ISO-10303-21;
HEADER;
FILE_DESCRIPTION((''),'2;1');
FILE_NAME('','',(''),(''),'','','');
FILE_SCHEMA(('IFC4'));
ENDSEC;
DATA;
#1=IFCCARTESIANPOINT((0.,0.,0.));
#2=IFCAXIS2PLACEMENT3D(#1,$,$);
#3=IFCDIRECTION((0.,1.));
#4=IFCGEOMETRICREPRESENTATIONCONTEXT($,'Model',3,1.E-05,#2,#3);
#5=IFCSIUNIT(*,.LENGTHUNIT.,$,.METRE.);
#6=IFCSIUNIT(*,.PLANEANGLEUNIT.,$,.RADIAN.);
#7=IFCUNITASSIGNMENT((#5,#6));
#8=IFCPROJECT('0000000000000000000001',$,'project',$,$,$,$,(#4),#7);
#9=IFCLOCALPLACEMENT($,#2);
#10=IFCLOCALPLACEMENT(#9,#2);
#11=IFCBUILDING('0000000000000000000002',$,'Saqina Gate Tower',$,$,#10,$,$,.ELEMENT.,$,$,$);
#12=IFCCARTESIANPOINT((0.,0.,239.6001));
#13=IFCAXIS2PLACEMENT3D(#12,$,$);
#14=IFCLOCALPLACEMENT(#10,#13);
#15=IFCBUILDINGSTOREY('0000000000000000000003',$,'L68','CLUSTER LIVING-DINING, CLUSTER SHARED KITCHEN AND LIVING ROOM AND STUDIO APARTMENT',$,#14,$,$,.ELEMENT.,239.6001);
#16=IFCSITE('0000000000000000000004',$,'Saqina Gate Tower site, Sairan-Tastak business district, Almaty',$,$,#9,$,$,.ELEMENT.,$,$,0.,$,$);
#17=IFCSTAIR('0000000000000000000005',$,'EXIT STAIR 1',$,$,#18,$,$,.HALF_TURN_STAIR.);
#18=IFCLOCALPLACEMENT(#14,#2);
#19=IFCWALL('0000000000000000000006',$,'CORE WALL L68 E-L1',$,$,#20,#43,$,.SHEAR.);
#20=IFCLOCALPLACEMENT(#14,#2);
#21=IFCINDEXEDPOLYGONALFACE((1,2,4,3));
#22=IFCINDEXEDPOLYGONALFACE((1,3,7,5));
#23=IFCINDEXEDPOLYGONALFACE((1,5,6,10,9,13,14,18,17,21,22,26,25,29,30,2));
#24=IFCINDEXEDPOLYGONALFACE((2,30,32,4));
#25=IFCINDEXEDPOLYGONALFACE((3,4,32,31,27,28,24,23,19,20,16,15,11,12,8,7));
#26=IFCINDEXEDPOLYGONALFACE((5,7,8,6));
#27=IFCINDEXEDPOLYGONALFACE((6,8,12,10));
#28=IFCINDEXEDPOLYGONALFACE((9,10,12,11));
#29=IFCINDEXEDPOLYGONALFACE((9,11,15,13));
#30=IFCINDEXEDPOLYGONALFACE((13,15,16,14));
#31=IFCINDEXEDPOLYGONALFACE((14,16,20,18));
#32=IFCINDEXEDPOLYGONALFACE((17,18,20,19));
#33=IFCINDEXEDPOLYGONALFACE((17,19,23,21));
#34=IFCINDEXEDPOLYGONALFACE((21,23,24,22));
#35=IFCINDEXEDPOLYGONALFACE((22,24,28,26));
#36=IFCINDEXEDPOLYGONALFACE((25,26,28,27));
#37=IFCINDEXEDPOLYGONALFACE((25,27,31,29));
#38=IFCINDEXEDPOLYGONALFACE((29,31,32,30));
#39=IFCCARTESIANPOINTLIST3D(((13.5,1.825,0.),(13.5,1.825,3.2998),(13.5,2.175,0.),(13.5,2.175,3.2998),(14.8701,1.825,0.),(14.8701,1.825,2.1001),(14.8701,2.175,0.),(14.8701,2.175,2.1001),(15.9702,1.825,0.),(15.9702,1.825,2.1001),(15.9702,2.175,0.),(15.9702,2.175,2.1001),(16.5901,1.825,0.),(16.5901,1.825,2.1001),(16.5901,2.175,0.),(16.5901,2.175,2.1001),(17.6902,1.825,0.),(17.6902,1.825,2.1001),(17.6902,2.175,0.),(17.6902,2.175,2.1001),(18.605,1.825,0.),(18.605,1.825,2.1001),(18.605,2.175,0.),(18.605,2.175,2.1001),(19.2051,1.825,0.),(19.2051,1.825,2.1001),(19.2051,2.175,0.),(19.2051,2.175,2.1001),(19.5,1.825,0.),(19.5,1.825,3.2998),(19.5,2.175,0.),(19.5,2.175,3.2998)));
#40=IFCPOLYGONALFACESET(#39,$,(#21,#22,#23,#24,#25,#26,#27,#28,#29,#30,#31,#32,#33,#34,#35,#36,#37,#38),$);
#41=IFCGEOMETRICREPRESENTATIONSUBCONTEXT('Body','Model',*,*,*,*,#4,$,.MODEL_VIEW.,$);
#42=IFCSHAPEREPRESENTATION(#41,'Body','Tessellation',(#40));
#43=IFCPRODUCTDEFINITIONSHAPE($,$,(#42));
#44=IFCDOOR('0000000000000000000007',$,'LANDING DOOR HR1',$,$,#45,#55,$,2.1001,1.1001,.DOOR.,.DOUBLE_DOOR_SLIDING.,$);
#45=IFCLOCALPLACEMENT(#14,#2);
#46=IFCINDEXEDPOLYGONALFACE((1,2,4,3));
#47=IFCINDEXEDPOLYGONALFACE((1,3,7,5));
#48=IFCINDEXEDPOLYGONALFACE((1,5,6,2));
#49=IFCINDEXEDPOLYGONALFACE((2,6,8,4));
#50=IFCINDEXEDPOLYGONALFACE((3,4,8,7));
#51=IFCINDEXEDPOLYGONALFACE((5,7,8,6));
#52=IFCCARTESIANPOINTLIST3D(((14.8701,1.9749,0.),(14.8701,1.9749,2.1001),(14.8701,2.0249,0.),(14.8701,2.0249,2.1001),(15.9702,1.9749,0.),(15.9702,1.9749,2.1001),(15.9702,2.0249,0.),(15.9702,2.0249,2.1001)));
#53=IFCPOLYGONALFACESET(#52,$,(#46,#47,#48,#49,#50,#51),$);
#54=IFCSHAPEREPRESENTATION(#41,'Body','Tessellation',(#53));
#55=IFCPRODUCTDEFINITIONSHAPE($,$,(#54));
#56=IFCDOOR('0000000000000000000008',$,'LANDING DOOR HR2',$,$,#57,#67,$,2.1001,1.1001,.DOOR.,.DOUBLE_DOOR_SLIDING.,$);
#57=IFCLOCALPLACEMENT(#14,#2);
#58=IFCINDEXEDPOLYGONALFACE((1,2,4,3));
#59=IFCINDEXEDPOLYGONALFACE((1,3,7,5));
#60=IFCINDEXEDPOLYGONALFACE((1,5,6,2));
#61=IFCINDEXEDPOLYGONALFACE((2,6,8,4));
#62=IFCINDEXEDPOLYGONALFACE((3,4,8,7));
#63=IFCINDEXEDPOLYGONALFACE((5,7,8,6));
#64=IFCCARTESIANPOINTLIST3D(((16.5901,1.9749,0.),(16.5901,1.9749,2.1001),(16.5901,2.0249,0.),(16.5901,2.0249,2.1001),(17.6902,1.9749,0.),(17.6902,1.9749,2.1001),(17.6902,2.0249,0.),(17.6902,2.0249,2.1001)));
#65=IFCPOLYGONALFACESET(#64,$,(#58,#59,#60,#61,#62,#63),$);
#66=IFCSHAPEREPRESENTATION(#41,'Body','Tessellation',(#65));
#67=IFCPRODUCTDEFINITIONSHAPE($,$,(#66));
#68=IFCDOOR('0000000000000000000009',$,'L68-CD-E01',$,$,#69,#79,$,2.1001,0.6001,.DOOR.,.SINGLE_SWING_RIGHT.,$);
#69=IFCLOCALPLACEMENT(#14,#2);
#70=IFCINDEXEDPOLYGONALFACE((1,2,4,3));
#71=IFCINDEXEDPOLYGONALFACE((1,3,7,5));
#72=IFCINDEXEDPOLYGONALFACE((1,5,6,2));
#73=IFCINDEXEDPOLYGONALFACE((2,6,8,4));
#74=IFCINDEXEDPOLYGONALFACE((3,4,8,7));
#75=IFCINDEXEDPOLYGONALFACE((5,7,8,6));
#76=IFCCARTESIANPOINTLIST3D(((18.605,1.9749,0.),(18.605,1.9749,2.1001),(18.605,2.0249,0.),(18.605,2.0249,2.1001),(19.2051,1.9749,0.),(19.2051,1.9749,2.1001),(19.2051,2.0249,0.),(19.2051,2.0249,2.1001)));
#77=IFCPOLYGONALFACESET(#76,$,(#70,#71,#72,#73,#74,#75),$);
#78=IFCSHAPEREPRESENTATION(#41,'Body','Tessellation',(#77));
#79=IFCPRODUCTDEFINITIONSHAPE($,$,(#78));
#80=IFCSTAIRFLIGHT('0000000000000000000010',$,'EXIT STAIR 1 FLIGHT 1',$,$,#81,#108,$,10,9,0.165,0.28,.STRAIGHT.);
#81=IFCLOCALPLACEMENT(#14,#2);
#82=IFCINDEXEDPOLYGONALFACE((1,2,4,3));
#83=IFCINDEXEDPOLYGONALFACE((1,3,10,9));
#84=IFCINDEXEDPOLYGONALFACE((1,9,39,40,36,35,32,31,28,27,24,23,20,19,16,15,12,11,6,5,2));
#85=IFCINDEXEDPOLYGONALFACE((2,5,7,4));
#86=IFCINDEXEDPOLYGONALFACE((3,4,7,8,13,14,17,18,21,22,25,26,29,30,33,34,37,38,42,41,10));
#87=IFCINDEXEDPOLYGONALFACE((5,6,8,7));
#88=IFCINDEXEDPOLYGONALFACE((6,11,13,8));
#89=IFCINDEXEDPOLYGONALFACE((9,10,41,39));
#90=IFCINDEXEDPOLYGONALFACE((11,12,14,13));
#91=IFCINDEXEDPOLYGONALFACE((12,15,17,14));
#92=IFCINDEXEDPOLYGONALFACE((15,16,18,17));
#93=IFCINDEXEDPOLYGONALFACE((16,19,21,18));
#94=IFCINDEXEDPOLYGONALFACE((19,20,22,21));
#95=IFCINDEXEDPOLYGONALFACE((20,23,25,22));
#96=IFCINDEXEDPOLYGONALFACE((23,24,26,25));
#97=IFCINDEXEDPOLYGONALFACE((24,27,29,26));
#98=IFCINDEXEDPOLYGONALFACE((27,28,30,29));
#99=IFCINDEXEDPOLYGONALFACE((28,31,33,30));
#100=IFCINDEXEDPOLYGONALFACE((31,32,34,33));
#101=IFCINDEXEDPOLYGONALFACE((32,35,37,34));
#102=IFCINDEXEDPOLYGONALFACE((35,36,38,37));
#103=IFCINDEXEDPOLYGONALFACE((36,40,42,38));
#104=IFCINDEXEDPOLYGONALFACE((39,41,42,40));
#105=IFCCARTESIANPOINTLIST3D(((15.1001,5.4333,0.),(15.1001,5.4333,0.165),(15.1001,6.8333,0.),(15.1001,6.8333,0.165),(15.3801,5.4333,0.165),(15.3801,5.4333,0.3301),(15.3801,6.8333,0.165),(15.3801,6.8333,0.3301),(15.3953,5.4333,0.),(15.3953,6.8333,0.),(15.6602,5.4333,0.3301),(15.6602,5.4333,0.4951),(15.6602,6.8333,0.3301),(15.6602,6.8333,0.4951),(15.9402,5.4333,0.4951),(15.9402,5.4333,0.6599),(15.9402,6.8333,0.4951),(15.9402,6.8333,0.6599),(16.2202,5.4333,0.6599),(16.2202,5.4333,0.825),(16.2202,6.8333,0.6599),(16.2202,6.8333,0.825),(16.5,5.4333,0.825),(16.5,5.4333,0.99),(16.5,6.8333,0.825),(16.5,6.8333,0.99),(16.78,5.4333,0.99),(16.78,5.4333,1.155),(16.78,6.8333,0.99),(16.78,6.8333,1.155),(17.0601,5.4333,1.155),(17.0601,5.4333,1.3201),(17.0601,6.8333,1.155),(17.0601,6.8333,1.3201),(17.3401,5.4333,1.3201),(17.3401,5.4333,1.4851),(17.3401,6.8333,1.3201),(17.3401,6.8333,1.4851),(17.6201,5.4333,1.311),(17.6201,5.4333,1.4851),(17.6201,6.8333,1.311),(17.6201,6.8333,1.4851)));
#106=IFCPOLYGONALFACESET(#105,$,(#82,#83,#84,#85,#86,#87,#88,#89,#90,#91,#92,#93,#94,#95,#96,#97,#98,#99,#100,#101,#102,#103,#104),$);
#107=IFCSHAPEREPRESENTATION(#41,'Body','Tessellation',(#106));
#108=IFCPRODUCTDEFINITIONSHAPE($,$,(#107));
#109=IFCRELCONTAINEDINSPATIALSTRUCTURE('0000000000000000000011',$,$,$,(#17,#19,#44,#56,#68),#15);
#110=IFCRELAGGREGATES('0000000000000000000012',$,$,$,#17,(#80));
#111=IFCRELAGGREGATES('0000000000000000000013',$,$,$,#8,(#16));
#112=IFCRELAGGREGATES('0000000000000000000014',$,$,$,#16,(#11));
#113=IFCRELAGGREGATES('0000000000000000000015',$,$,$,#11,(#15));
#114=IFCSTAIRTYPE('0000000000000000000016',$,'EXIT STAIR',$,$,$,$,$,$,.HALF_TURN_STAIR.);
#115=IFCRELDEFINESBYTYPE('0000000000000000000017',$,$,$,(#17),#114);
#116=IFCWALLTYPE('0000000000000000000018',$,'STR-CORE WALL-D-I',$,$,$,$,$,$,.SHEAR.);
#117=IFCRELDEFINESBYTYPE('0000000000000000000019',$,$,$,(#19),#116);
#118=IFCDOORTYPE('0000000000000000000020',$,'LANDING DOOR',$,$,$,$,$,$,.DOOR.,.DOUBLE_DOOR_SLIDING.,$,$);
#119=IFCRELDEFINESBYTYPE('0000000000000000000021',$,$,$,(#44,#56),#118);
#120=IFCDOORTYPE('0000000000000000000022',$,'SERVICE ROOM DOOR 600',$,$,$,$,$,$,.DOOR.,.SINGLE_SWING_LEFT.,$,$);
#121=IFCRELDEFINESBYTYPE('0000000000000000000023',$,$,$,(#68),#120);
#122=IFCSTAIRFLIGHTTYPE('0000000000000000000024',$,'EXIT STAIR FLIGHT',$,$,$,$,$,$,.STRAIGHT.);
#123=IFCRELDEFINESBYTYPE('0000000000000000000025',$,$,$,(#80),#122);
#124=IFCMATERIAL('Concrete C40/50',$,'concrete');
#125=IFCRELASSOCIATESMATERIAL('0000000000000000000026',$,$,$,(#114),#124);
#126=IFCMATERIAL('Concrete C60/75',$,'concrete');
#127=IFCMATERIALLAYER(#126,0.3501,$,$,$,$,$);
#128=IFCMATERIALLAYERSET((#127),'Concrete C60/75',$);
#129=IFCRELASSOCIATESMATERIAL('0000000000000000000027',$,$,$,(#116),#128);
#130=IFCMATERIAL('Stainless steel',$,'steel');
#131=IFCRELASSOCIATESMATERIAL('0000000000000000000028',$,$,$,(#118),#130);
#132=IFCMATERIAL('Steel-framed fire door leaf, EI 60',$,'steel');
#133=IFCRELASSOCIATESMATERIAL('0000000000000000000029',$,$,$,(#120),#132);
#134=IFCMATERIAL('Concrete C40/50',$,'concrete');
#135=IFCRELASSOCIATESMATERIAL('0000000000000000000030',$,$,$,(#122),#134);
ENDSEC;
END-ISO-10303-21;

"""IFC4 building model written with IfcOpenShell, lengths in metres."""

from ifc_helpers import new_model, si_unit, direction, frame, frame_2d, origin, place, context, subcontext, project, spatial, polyline, rectangle, outline, extrude, material, layer, layer_set, type_object, element, fill, aggregate, save


model = new_model("IFC4")

# Units and contexts
model_context = context("Model", 3, precision=1e-05, world=origin(), true_north=direction((0.0, 1.0)))
body_context = subcontext(model_context, "Body", "Model", "MODEL_VIEW")
ifc_project = project(units=[si_unit("LENGTHUNIT", "METRE"), si_unit("PLANEANGLEUNIT", "RADIAN")], contexts=[model_context])

# Site, building, storey
site_placement = place(None, origin())
site = spatial("IfcSite", under=ifc_project, at=site_placement, Name="Saqina Gate Tower site, Sairan-Tastak business district, Almaty", CompositionType="ELEMENT", RefElevation=0.0)
building_placement = place(site_placement, origin())
building = spatial("IfcBuilding", under=site, at=building_placement, Name="Saqina Gate Tower", CompositionType="ELEMENT")
storey_placement = place(building_placement, frame((0.0, 0.0, 239.6001)))
storey = spatial("IfcBuildingStorey", under=building, at=storey_placement, Name="L68", Description="CLUSTER LIVING-DINING, CLUSTER SHARED KITCHEN AND LIVING ROOM AND STUDIO APARTMENT", CompositionType="ELEMENT", Elevation=239.6001)

# Stair
ifc_material_1 = material(Name="Concrete C40/50", Category="concrete")
stair_type = type_object("IfcStairType", Name="EXIT STAIR", PredefinedType="HALF_TURN_STAIR", material=ifc_material_1)
stair_1_placement = place(storey_placement, origin())
stair_1 = element("IfcStair", 1, at=stair_1_placement, inside=storey, type_object=stair_type, Name="EXIT STAIR 1", PredefinedType="HALF_TURN_STAIR")

# Shared definitions
ifc_material_2 = material(Name="Concrete C60/75", Category="concrete")
ifc_layer_1 = layer(ifc_material_2, 0.3501)
ifc_layer_set_1 = layer_set([ifc_layer_1], Name="Concrete C60/75")
wall_type_1 = type_object("IfcWallType", Name="STR-CORE WALL-D-I", PredefinedType="SHEAR", material=ifc_layer_set_1)

# Wall, openings, doors
wall_1_placement = place(storey_placement, frame((13.5, 2.0, 0.0), z_axis=(0.0, 0.0, 1.0), x_axis=(1.0, 0.0, 0.0)))
wall_1 = element("IfcWall", 2, at=wall_1_placement, inside=storey, type_object=wall_type_1, Name="CORE WALL L68 E-L1", PredefinedType="SHEAR", context=body_context, shape_type="SweptSolid", body=[
    extrude(rectangle(XDim=6.0, YDim=0.3501, at=frame_2d((3.0, 0.0))), origin(), (0.0, 0.0, 1.0), 3.2998),
])
opening_1_placement = place(wall_1_placement, frame((1.3701, 0.0, 0.0)))
opening_1 = element("IfcOpeningElement", 3, at=opening_1_placement, cuts=wall_1, PredefinedType="OPENING", context=body_context, shape_type="SweptSolid", body=[
    extrude(rectangle(XDim=1.1001, YDim=2.1001, at=frame_2d((0.55, 1.05))), frame((0.0, 0.187, 0.0), z_axis=(0.0, -1.0, 0.0), x_axis=(1.0, 0.0, 0.0)), (0.0, 0.0, 1.0), 0.374),
])
opening_2_placement = place(wall_1_placement, frame((3.0901, 0.0, 0.0)))
opening_2 = element("IfcOpeningElement", 4, at=opening_2_placement, cuts=wall_1, PredefinedType="OPENING", context=body_context, shape_type="SweptSolid", body=[
    extrude(rectangle(XDim=1.1001, YDim=2.1001, at=frame_2d((0.55, 1.05))), frame((0.0, 0.187, 0.0), z_axis=(0.0, -1.0, 0.0), x_axis=(1.0, 0.0, 0.0)), (0.0, 0.0, 1.0), 0.374),
])
opening_3_placement = place(wall_1_placement, frame((5.105, 0.0, 0.0)))
opening_3 = element("IfcOpeningElement", 5, at=opening_3_placement, cuts=wall_1, PredefinedType="OPENING", context=body_context, shape_type="SweptSolid", body=[
    extrude(rectangle(XDim=0.6001, YDim=2.1001, at=frame_2d((0.3, 1.05))), frame((0.0, 0.187, 0.0), z_axis=(0.0, -1.0, 0.0), x_axis=(1.0, 0.0, 0.0)), (0.0, 0.0, 1.0), 0.374),
])
ifc_material_3 = material(Name="Stainless steel", Category="steel")
door_type_1 = type_object("IfcDoorType", Name="LANDING DOOR", OperationType="DOUBLE_DOOR_SLIDING", PredefinedType="DOOR", material=ifc_material_3)
door_1_placement = place(opening_1_placement, origin())
door_1 = element("IfcDoor", 6, at=door_1_placement, inside=storey, type_object=door_type_1, Name="LANDING DOOR HR1", OperationType="DOUBLE_DOOR_SLIDING", OverallHeight=2.1001, OverallWidth=1.1001, PredefinedType="DOOR", context=body_context, shape_type="SweptSolid", body=[
    extrude(rectangle(XDim=1.1001, YDim=2.1001, at=frame_2d((0.55, 1.05))), frame((0.0, 0.0249, 0.0), z_axis=(0.0, -1.0, 0.0), x_axis=(1.0, 0.0, 0.0)), (0.0, 0.0, 1.0), 0.05),
])
fill(opening_1, door_1)
door_2_placement = place(opening_2_placement, origin())
door_2 = element("IfcDoor", 7, at=door_2_placement, inside=storey, type_object=door_type_1, Name="LANDING DOOR HR2", OperationType="DOUBLE_DOOR_SLIDING", OverallHeight=2.1001, OverallWidth=1.1001, PredefinedType="DOOR", context=body_context, shape_type="SweptSolid", body=[
    extrude(rectangle(XDim=1.1001, YDim=2.1001, at=frame_2d((0.55, 1.05))), frame((0.0, 0.0249, 0.0), z_axis=(0.0, -1.0, 0.0), x_axis=(1.0, 0.0, 0.0)), (0.0, 0.0, 1.0), 0.05),
])
fill(opening_2, door_2)
ifc_material_4 = material(Name="Steel-framed fire door leaf, EI 60", Category="steel")
door_type_2 = type_object("IfcDoorType", Name="SERVICE ROOM DOOR 600", OperationType="SINGLE_SWING_LEFT", PredefinedType="DOOR", material=ifc_material_4)
door_3_placement = place(opening_3_placement, origin())
door_3 = element("IfcDoor", 8, at=door_3_placement, inside=storey, type_object=door_type_2, Name="L68-CD-E01", OperationType="SINGLE_SWING_RIGHT", OverallHeight=2.1001, OverallWidth=0.6001, PredefinedType="DOOR", context=body_context, shape_type="SweptSolid", body=[
    extrude(rectangle(XDim=0.6001, YDim=2.1001, at=frame_2d((0.3, 1.05))), frame((0.0, 0.0249, 0.0), z_axis=(0.0, -1.0, 0.0), x_axis=(1.0, 0.0, 0.0)), (0.0, 0.0, 1.0), 0.05),
])
fill(opening_3, door_3)

# Stair flight
ifc_material_5 = material(Name="Concrete C40/50", Category="concrete")
stair_flight_type = type_object("IfcStairFlightType", Name="EXIT STAIR FLIGHT", PredefinedType="STRAIGHT", material=ifc_material_5)
stair_flight_placement = place(storey_placement, frame((15.1001, 6.1333, 0.0), z_axis=(0.0, 0.0, 1.0), x_axis=(1.0, 0.0, 0.0)))
stair_flight = element("IfcStairFlight", 9, at=stair_flight_placement, type_object=stair_flight_type, Name="EXIT STAIR 1 FLIGHT 1", NumberOfRisers=10, NumberOfTreads=9, PredefinedType="STRAIGHT", RiserHeight=0.165, TreadLength=0.28, context=body_context, shape_type="SweptSolid", body=[
    extrude(outline(polyline([(0.0, 0.0), (0.0, 0.165), (0.28, 0.165), (0.28, 0.3301), (0.5601, 0.3301), (0.5601, 0.4951), (0.8401, 0.4951), (0.8401, 0.6599), (1.1201, 0.6599), (1.1201, 0.825), (1.3999, 0.825), (1.3999, 0.99), (1.6799, 0.99), (1.6799, 1.155), (1.96, 1.155), (1.96, 1.3201), (2.24, 1.3201), (2.24, 1.4851), (2.52, 1.4851), (2.52, 1.6499), (2.52, 1.311), (0.2952, 0.0), (0.0, 0.0)])), frame((0.0, 0.7, 0.0), z_axis=(0.0, -1.0, 0.0), x_axis=(1.0, 0.0, 0.0)), (0.0, 0.0, 1.0), 1.3999),
])
aggregate(stair_1, [stair_flight])

save(model, "model.ifc")
